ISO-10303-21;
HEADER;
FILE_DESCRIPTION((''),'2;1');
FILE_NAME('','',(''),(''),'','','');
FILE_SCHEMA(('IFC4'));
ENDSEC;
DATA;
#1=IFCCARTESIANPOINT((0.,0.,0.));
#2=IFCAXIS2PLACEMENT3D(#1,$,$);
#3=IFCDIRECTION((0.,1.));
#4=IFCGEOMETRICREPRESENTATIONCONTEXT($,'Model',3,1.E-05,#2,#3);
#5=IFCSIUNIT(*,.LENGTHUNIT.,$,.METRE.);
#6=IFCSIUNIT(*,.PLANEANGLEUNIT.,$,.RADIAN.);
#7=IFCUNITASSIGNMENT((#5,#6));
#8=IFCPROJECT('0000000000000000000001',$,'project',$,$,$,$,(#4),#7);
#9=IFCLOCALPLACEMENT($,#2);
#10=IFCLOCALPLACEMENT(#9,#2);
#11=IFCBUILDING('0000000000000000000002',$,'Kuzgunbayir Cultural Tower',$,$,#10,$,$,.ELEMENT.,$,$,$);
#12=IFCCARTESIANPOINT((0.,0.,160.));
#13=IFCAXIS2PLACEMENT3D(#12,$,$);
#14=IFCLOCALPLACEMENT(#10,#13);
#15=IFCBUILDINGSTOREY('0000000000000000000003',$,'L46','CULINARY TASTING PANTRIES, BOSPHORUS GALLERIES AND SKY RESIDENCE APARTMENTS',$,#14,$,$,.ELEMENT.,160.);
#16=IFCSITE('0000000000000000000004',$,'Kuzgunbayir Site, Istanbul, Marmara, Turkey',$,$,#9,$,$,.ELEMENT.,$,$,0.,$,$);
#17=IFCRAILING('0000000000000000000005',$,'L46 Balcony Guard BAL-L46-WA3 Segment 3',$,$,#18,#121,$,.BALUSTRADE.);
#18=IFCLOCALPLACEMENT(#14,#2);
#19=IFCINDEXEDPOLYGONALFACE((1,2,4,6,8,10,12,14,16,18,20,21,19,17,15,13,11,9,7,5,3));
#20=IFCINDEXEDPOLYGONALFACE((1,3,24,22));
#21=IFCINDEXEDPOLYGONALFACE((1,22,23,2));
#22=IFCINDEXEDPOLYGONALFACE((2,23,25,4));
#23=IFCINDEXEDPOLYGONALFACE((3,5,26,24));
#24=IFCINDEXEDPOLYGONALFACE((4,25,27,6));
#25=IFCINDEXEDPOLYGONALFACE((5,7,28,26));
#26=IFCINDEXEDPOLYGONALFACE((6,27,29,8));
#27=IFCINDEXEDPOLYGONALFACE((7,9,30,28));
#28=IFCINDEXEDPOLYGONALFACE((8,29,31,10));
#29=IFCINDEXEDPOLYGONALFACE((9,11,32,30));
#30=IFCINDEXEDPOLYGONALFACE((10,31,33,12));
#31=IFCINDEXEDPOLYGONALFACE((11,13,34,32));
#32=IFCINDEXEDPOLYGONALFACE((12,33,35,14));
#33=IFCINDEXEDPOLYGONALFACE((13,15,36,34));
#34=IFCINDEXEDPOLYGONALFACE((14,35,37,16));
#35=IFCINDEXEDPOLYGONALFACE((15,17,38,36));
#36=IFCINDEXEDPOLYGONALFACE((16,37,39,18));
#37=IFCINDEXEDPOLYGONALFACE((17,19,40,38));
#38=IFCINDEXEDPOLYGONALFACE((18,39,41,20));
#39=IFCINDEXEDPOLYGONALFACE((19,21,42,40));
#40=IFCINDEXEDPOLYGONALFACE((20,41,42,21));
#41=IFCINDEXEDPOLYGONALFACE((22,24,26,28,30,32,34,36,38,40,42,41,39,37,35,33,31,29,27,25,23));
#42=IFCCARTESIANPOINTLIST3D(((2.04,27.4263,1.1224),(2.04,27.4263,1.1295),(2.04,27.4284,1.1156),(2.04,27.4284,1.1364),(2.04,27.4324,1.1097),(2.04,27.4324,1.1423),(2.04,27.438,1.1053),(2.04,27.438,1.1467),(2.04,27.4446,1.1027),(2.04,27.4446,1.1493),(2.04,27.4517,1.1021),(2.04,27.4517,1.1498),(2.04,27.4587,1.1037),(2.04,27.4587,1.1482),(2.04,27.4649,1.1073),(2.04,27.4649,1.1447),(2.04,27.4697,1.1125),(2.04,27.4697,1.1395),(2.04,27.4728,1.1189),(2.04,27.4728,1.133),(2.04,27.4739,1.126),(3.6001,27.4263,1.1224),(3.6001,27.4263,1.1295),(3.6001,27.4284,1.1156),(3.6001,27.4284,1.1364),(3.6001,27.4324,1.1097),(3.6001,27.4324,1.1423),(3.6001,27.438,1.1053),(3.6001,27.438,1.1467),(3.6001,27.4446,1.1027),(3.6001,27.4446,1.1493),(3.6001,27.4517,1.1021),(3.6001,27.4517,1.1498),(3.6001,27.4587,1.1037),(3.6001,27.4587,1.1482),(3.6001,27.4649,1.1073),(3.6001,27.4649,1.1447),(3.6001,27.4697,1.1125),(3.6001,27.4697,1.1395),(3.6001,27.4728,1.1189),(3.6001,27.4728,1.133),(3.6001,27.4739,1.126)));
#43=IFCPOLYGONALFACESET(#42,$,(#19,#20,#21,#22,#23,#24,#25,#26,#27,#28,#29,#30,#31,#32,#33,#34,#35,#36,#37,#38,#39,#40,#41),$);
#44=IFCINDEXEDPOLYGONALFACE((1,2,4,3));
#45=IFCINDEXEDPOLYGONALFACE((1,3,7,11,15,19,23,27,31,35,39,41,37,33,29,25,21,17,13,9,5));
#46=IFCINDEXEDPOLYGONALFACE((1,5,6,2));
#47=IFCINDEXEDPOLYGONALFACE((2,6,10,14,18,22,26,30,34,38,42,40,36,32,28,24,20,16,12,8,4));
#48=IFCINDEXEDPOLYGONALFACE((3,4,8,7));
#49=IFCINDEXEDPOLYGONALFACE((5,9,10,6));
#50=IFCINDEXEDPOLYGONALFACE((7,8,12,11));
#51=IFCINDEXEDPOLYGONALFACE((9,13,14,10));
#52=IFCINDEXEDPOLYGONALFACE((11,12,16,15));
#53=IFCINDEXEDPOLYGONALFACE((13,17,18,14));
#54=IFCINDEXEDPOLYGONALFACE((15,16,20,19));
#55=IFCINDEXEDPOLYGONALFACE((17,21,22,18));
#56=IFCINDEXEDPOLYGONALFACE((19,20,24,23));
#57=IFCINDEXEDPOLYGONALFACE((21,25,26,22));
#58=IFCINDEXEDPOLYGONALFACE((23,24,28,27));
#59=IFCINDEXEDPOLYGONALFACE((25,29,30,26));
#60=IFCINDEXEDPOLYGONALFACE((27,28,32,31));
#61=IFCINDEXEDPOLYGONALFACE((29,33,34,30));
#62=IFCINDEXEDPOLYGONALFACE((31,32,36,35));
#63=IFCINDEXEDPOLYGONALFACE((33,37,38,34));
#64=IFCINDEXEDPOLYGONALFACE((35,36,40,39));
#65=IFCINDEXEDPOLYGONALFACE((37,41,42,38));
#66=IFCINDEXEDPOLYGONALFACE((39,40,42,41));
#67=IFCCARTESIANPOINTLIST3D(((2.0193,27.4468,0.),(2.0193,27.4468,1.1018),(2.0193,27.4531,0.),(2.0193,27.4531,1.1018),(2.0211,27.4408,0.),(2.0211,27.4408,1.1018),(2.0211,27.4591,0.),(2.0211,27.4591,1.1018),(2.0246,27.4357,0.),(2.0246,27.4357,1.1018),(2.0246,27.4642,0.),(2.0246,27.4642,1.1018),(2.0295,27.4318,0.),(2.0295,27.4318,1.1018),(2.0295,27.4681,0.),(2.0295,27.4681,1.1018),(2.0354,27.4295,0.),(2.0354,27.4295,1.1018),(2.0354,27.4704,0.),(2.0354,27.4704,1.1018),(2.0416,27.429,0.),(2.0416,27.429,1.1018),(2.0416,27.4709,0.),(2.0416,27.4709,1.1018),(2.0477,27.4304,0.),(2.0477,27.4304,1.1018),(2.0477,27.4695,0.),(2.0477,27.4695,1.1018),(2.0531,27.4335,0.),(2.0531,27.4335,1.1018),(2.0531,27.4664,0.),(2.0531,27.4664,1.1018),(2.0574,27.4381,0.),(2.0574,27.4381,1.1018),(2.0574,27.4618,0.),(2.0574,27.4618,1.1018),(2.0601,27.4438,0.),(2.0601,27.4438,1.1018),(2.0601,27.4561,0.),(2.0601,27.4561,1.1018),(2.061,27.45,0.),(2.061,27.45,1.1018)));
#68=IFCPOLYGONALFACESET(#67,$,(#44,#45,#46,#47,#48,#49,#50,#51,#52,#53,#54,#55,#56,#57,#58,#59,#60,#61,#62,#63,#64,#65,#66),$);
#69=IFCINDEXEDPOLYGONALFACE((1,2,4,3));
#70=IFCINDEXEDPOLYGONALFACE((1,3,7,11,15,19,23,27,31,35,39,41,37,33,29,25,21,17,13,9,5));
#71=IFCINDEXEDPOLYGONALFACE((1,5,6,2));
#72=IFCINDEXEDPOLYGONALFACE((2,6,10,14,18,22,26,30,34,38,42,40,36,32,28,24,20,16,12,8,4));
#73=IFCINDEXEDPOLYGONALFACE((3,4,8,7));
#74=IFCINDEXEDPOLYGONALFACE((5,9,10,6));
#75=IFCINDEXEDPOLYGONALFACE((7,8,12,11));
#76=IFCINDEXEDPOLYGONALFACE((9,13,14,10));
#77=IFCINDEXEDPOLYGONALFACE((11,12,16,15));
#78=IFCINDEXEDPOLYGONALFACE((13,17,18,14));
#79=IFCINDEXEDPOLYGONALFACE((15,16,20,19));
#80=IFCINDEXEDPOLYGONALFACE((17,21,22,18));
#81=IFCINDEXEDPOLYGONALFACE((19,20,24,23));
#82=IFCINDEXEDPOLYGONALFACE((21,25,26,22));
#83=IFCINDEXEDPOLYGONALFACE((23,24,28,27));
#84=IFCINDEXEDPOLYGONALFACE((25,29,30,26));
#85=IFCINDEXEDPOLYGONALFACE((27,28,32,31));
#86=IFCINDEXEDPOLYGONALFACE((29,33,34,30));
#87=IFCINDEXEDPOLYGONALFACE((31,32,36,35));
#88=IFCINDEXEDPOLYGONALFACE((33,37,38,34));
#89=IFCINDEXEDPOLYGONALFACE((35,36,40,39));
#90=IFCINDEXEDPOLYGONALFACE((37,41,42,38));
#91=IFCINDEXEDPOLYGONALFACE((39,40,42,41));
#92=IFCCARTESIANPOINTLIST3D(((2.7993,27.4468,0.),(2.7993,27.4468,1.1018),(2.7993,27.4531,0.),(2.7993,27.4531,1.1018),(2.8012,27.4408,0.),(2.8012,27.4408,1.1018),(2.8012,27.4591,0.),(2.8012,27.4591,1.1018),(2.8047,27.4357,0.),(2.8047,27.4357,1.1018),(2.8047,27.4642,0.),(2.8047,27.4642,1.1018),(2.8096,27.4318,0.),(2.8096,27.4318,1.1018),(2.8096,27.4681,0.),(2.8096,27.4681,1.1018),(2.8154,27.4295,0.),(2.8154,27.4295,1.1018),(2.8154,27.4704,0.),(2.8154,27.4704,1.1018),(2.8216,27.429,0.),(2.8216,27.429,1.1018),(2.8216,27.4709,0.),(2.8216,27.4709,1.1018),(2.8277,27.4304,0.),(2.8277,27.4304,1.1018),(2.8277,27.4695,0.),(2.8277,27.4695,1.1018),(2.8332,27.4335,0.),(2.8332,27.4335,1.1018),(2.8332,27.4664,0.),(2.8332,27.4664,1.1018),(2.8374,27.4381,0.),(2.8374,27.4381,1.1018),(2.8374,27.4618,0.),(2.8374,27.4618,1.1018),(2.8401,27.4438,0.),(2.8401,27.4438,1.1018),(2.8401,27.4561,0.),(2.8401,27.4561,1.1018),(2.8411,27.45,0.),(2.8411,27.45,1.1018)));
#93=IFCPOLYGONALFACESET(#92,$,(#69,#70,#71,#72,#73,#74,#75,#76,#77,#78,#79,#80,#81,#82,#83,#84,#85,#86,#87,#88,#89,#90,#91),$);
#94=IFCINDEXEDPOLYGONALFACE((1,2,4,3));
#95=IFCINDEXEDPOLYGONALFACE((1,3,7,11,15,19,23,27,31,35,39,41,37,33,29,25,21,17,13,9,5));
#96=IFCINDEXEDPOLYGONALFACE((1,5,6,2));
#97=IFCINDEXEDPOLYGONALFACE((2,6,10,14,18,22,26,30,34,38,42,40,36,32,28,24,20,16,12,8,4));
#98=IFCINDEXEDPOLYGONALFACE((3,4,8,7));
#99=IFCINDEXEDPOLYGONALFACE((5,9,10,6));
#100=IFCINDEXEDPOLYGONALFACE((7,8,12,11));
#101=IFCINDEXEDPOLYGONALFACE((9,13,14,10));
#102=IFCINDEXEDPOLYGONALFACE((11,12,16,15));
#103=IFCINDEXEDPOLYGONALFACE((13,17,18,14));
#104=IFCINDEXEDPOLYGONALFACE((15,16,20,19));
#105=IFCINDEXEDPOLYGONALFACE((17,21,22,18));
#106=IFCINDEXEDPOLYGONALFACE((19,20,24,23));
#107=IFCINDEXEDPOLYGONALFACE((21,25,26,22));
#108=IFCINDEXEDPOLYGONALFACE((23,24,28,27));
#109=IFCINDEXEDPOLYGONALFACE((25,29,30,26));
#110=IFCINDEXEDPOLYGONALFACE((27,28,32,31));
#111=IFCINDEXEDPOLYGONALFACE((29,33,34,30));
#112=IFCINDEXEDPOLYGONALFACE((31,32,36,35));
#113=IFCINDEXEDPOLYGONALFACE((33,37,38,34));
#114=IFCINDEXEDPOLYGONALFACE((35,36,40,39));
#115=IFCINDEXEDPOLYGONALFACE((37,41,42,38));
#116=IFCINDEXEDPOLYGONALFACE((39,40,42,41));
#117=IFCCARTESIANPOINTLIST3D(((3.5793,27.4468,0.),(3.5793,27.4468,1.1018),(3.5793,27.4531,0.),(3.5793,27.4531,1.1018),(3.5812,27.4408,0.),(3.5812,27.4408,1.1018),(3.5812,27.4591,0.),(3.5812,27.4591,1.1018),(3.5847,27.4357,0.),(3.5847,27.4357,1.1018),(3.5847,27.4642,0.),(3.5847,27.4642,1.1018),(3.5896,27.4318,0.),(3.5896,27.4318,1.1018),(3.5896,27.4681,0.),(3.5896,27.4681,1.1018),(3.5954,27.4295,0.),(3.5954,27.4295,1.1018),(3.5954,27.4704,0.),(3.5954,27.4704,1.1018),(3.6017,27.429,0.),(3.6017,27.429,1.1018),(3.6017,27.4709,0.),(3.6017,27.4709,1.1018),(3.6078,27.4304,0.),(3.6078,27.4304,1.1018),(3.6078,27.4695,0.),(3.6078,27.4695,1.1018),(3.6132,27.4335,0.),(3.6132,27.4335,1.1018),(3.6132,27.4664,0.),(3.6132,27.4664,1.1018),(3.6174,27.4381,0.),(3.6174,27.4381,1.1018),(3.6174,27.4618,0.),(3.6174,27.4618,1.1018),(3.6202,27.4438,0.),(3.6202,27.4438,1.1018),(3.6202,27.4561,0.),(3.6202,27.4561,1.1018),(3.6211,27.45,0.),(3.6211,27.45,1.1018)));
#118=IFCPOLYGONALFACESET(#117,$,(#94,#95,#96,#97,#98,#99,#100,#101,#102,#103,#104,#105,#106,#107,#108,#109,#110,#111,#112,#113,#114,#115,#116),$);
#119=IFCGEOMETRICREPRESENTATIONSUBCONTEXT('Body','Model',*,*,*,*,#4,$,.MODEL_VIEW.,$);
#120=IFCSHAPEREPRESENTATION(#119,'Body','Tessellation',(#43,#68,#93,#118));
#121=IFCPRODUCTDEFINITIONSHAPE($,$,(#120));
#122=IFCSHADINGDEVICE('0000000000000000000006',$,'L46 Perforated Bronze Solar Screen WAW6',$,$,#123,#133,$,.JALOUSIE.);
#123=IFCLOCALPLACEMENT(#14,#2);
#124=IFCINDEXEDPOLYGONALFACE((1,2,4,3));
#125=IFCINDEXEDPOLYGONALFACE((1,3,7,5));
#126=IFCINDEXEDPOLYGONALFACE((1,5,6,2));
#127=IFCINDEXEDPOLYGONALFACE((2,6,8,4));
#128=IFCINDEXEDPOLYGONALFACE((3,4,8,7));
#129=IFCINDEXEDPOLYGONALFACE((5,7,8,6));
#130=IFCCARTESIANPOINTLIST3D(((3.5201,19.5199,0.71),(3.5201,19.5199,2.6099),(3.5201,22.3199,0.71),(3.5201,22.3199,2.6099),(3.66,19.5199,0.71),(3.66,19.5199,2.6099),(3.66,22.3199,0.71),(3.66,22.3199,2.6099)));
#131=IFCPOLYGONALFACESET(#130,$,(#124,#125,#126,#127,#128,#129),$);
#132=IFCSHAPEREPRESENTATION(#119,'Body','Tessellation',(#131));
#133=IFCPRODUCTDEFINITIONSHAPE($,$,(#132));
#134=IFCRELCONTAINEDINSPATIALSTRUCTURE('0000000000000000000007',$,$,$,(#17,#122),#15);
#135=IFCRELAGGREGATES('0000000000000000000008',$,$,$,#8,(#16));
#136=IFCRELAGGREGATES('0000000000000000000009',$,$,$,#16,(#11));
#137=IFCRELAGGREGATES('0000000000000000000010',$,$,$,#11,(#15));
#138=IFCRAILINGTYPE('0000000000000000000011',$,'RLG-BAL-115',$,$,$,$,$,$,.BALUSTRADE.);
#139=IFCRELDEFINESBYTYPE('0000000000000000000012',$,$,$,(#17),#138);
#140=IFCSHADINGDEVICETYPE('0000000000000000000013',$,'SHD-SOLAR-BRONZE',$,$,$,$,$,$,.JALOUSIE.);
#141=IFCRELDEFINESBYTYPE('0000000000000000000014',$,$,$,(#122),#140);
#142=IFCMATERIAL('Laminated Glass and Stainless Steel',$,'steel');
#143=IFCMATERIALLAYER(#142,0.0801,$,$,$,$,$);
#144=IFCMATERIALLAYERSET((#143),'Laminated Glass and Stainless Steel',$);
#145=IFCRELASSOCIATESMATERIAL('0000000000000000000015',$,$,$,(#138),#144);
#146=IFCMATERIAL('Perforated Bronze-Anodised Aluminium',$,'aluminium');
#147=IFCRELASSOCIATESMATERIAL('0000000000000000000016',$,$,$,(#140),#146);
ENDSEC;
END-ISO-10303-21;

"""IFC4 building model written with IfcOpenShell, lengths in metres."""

from ifc_helpers import new_model, si_unit, direction, frame, origin, origin_2d, place, context, subcontext, project, spatial, rectangle, circle, extrude, material, layer, layer_set, type_object, element, save


model = new_model("IFC4")

# Units and contexts
model_context = context("Model", 3, precision=1e-05, world=origin(), true_north=direction((0.0, 1.0)))
body_context = subcontext(model_context, "Body", "Model", "MODEL_VIEW")
ifc_project = project(units=[si_unit("LENGTHUNIT", "METRE"), si_unit("PLANEANGLEUNIT", "RADIAN")], contexts=[model_context])

# Site, building, storey
site_placement = place(None, origin())
site = spatial("IfcSite", under=ifc_project, at=site_placement, Name="Kuzgunbayir Site, Istanbul, Marmara, Turkey", CompositionType="ELEMENT", RefElevation=0.0)
building_placement = place(site_placement, origin())
building = spatial("IfcBuilding", under=site, at=building_placement, Name="Kuzgunbayir Cultural Tower", CompositionType="ELEMENT")
storey_placement = place(building_placement, frame((0.0, 0.0, 160.0)))
storey = spatial("IfcBuildingStorey", under=building, at=storey_placement, Name="L46", Description="CULINARY TASTING PANTRIES, BOSPHORUS GALLERIES AND SKY RESIDENCE APARTMENTS", CompositionType="ELEMENT", Elevation=160.0)

# Railing
ifc_material_1 = material(Name="Laminated Glass and Stainless Steel", Category="steel")
ifc_layer_1 = layer(ifc_material_1, 0.0801)
ifc_layer_set_1 = layer_set([ifc_layer_1], Name="Laminated Glass and Stainless Steel")
railing_type = type_object("IfcRailingType", Name="RLG-BAL-115", PredefinedType="BALUSTRADE", material=ifc_layer_set_1)
railing_1_placement = place(storey_placement, frame((2.04, 27.45, 0.0)))
element("IfcRailing", 1, at=railing_1_placement, inside=storey, type_object=railing_type, Name="L46 Balcony Guard BAL-L46-WA3 Segment 3", PredefinedType="BALUSTRADE", context=body_context, shape_type="SweptSolid", body=[
    extrude(circle(Radius=0.0239, at=origin_2d()), frame((0.0, 0.0, 1.126), z_axis=(1.0, 0.0, 0.0), x_axis=(0.0, 1.0, 0.0)), (0.0, 0.0, 1.0), 1.5601),
    extrude(circle(Radius=0.021, at=origin_2d()), origin(), (0.0, 0.0, 1.0), 1.1018),
    extrude(circle(Radius=0.021, at=origin_2d()), frame((0.78, 0.0, 0.0)), (0.0, 0.0, 1.0), 1.1018),
    extrude(circle(Radius=0.021, at=origin_2d()), frame((1.5601, 0.0, 0.0)), (0.0, 0.0, 1.0), 1.1018),
])

# Shading device
ifc_material_2 = material(Name="Perforated Bronze-Anodised Aluminium", Category="aluminium")
shading_device_type = type_object("IfcShadingDeviceType", Name="SHD-SOLAR-BRONZE", PredefinedType="JALOUSIE", material=ifc_material_2)
shading_device_placement = place(storey_placement, frame((3.5901, 20.9199, 0.71), z_axis=(0.0, 0.0, 1.0), x_axis=(1.0, 0.0, 0.0)))
element("IfcShadingDevice", 2, at=shading_device_placement, inside=storey, type_object=shading_device_type, Name="L46 Perforated Bronze Solar Screen WAW6", PredefinedType="JALOUSIE", context=body_context, shape_type="SweptSolid", body=[
    extrude(rectangle(XDim=0.1399, YDim=2.8, at=origin_2d()), origin(), (0.0, 0.0, 1.0), 1.8999),
])

save(model, "model.ifc")
